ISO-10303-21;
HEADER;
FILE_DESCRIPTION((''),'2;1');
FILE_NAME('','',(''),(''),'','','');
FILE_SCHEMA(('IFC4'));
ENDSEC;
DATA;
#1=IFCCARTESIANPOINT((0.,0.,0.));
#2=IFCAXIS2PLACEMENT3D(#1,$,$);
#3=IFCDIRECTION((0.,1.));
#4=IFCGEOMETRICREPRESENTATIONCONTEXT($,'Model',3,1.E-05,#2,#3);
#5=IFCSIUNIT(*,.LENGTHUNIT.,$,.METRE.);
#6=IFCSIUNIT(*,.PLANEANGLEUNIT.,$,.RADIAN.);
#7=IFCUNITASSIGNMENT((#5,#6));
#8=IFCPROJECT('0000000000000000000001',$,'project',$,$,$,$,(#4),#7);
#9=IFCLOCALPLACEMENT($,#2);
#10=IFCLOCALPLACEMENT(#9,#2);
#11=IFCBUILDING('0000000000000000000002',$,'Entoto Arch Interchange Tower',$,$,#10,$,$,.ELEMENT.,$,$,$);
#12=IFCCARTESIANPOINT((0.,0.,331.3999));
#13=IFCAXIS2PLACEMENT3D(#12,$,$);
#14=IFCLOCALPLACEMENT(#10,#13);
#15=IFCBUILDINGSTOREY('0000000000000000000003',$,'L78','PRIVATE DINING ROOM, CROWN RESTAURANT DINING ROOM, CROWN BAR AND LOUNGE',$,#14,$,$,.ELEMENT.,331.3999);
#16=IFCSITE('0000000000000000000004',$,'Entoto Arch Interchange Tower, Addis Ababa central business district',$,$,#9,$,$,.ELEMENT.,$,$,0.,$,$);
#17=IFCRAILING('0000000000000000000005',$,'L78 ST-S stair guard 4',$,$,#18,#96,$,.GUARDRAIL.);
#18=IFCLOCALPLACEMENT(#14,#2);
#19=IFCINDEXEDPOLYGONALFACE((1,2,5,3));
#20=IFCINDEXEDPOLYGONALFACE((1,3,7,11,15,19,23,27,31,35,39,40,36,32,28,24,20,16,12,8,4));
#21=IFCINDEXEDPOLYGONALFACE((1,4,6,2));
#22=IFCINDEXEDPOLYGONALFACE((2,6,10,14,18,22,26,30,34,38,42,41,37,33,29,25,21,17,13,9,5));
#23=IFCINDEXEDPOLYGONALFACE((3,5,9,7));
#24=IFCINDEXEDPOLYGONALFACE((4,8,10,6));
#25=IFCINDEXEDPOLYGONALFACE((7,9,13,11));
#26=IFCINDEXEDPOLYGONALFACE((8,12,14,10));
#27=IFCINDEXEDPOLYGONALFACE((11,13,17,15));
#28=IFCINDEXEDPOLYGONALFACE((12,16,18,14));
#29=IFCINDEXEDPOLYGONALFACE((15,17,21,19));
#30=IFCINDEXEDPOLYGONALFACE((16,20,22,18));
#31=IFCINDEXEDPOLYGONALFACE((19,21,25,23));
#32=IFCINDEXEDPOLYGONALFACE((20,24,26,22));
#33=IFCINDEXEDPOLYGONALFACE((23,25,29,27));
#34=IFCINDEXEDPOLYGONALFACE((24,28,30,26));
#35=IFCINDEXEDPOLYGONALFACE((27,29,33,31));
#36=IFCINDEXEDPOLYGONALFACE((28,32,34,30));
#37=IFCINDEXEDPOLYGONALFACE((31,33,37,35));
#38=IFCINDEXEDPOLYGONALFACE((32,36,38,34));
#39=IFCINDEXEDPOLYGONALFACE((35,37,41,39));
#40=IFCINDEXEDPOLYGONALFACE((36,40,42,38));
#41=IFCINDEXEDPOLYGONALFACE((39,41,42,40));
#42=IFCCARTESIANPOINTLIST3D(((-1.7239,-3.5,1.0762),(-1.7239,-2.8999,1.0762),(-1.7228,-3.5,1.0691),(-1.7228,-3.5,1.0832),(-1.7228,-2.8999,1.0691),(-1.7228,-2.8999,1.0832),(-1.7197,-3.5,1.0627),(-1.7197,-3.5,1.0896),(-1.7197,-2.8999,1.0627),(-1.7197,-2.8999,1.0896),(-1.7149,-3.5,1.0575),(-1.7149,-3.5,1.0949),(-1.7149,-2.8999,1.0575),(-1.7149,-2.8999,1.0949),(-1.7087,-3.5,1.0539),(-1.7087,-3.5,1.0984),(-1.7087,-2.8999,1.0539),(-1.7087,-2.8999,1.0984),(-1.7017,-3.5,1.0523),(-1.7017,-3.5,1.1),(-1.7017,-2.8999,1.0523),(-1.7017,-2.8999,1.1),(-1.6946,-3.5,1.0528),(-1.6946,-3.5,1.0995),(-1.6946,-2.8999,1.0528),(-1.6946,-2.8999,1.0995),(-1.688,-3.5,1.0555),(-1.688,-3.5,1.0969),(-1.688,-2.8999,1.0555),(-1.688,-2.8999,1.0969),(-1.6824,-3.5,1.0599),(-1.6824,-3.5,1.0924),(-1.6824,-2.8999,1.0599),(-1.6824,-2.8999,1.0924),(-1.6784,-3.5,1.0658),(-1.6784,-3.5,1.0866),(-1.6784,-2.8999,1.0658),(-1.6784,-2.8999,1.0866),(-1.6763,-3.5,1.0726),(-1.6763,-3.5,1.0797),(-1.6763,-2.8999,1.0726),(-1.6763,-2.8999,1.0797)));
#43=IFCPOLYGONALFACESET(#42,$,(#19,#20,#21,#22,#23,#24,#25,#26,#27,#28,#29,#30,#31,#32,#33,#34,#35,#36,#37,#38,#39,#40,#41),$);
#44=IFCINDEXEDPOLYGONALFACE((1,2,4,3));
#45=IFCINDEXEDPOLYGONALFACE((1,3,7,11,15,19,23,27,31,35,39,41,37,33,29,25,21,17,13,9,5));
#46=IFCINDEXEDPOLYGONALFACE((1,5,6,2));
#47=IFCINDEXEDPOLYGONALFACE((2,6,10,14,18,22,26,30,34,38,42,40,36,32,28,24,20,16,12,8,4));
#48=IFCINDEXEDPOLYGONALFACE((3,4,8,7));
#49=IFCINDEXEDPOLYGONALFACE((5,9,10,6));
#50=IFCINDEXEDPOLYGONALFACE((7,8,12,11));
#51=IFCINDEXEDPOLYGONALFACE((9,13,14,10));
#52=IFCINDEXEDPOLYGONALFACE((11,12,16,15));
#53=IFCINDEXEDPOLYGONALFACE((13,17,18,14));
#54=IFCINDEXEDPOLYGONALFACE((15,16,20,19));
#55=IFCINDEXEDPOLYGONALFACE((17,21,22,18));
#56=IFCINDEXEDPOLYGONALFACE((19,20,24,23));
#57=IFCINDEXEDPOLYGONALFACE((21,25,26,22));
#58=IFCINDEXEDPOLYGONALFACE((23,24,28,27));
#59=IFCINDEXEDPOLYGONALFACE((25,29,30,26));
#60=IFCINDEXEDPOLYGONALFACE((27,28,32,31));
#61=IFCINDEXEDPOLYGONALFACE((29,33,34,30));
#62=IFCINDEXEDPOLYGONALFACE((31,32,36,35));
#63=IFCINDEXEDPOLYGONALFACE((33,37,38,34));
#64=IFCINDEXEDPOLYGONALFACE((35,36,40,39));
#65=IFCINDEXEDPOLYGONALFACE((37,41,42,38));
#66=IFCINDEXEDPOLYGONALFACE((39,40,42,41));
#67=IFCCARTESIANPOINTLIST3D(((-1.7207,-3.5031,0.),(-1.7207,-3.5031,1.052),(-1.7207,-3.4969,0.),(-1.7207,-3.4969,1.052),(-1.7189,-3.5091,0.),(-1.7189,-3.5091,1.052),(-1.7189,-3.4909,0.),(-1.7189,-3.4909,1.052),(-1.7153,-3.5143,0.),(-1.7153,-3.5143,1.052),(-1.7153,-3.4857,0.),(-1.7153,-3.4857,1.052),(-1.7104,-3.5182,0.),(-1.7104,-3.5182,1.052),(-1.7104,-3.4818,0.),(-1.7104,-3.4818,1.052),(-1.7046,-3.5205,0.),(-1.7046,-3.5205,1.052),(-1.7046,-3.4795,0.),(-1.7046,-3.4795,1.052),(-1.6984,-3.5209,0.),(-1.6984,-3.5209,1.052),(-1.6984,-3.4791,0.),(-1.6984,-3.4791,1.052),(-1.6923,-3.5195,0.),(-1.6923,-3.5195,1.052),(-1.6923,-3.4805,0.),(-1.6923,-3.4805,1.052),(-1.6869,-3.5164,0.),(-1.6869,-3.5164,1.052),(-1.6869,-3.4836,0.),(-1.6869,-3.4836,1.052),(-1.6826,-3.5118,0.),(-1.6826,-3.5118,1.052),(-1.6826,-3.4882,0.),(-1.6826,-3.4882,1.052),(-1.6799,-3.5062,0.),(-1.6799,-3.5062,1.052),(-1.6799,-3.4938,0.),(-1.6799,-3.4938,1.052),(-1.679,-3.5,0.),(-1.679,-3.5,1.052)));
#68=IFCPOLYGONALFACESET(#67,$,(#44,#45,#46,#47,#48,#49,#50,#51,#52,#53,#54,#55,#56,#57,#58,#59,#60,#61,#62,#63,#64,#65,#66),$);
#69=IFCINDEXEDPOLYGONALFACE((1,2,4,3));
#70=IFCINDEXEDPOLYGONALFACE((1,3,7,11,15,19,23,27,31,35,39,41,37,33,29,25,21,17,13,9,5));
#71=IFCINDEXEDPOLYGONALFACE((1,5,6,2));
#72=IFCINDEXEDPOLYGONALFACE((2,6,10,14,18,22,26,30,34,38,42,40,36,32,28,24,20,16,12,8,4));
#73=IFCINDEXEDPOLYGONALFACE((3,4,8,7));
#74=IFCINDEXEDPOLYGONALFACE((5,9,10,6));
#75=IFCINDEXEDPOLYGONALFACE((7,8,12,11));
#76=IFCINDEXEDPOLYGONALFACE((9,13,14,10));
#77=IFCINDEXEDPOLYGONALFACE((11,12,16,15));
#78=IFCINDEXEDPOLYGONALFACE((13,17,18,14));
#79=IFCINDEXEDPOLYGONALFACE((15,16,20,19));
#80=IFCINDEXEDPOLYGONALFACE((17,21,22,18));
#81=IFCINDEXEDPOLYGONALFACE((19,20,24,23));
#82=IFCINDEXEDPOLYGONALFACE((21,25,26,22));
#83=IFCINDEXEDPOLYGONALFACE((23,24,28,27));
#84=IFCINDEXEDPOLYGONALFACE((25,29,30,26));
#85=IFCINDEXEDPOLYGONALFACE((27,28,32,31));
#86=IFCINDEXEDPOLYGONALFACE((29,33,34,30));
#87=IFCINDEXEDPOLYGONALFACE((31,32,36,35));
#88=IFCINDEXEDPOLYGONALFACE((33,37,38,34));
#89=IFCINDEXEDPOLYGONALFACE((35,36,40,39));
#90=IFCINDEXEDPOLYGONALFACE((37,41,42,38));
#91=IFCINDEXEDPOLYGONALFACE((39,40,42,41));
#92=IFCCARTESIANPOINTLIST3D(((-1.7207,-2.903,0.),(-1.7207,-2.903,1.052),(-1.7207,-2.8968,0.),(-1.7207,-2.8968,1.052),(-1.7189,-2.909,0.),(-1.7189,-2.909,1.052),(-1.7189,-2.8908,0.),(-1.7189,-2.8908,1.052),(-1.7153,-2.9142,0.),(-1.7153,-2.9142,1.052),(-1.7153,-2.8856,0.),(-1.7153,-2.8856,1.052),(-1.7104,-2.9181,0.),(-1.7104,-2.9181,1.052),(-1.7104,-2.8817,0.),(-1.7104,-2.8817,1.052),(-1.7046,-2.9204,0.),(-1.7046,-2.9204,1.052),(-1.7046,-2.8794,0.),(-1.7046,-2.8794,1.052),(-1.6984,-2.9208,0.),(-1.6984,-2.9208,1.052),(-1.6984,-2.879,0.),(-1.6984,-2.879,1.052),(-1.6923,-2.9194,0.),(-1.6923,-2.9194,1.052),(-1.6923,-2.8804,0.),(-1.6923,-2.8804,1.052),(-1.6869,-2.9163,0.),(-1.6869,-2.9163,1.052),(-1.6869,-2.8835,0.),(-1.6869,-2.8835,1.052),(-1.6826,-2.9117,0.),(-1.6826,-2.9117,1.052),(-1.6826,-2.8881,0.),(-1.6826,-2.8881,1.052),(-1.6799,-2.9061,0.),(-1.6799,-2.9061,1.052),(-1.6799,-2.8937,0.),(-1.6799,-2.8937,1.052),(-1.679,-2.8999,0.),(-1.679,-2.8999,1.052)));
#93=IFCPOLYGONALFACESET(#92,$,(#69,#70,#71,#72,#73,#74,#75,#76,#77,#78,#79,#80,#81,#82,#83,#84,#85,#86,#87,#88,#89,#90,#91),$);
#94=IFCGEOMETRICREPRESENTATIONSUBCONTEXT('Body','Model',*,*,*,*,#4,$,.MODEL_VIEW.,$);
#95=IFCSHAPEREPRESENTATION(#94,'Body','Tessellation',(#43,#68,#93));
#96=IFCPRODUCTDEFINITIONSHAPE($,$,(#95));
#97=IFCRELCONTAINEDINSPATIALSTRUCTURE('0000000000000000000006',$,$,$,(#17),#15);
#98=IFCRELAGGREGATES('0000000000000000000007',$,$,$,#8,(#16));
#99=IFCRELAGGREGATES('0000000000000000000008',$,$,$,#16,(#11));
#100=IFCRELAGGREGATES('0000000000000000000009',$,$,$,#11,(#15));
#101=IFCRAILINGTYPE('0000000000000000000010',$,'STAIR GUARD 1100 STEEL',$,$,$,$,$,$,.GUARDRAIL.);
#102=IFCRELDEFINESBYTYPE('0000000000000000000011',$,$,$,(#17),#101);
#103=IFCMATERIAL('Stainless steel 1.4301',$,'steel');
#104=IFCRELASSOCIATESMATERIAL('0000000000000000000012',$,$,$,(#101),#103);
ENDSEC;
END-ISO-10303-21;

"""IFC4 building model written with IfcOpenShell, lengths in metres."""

from ifc_helpers import new_model, si_unit, direction, frame, origin, origin_2d, place, context, subcontext, project, spatial, circle, extrude, material, type_object, element, save


model = new_model("IFC4")

# Units and contexts
model_context = context("Model", 3, precision=1e-05, world=origin(), true_north=direction((0.0, 1.0)))
body_context = subcontext(model_context, "Body", "Model", "MODEL_VIEW")
ifc_project = project(units=[si_unit("LENGTHUNIT", "METRE"), si_unit("PLANEANGLEUNIT", "RADIAN")], contexts=[model_context])

# Site, building, storey
site_placement = place(None, origin())
site = spatial("IfcSite", under=ifc_project, at=site_placement, Name="Entoto Arch Interchange Tower, Addis Ababa central business district", CompositionType="ELEMENT", RefElevation=0.0)
building_placement = place(site_placement, origin())
building = spatial("IfcBuilding", under=site, at=building_placement, Name="Entoto Arch Interchange Tower", CompositionType="ELEMENT")
storey_placement = place(building_placement, frame((0.0, 0.0, 331.3999)))
storey = spatial("IfcBuildingStorey", under=building, at=storey_placement, Name="L78", Description="PRIVATE DINING ROOM, CROWN RESTAURANT DINING ROOM, CROWN BAR AND LOUNGE", CompositionType="ELEMENT", Elevation=331.3999)

# Railing
ifc_material_1 = material(Name="Stainless steel 1.4301", Category="steel")
railing_type_1 = type_object("IfcRailingType", Name="STAIR GUARD 1100 STEEL", PredefinedType="GUARDRAIL", material=ifc_material_1)
railing_1_placement = place(storey_placement, frame((-1.7, -3.5, 0.0)))
element("IfcRailing", 1, at=railing_1_placement, inside=storey, type_object=railing_type_1, Name="L78 ST-S stair guard 4", PredefinedType="GUARDRAIL", context=body_context, shape_type="SweptSolid", body=[
    extrude(circle(Radius=0.0239, at=origin_2d()), frame((0.0, 0.0, 1.0762), z_axis=(0.0, 1.0, 0.0), x_axis=(-1.0, 0.0, 0.0)), (0.0, 0.0, 1.0), 0.6001),
    extrude(circle(Radius=0.021, at=origin_2d()), origin(), (0.0, 0.0, 1.0), 1.052),
    extrude(circle(Radius=0.021, at=origin_2d()), frame((0.0, 0.6001, 0.0)), (0.0, 0.0, 1.0), 1.052),
])

save(model, "model.ifc")
